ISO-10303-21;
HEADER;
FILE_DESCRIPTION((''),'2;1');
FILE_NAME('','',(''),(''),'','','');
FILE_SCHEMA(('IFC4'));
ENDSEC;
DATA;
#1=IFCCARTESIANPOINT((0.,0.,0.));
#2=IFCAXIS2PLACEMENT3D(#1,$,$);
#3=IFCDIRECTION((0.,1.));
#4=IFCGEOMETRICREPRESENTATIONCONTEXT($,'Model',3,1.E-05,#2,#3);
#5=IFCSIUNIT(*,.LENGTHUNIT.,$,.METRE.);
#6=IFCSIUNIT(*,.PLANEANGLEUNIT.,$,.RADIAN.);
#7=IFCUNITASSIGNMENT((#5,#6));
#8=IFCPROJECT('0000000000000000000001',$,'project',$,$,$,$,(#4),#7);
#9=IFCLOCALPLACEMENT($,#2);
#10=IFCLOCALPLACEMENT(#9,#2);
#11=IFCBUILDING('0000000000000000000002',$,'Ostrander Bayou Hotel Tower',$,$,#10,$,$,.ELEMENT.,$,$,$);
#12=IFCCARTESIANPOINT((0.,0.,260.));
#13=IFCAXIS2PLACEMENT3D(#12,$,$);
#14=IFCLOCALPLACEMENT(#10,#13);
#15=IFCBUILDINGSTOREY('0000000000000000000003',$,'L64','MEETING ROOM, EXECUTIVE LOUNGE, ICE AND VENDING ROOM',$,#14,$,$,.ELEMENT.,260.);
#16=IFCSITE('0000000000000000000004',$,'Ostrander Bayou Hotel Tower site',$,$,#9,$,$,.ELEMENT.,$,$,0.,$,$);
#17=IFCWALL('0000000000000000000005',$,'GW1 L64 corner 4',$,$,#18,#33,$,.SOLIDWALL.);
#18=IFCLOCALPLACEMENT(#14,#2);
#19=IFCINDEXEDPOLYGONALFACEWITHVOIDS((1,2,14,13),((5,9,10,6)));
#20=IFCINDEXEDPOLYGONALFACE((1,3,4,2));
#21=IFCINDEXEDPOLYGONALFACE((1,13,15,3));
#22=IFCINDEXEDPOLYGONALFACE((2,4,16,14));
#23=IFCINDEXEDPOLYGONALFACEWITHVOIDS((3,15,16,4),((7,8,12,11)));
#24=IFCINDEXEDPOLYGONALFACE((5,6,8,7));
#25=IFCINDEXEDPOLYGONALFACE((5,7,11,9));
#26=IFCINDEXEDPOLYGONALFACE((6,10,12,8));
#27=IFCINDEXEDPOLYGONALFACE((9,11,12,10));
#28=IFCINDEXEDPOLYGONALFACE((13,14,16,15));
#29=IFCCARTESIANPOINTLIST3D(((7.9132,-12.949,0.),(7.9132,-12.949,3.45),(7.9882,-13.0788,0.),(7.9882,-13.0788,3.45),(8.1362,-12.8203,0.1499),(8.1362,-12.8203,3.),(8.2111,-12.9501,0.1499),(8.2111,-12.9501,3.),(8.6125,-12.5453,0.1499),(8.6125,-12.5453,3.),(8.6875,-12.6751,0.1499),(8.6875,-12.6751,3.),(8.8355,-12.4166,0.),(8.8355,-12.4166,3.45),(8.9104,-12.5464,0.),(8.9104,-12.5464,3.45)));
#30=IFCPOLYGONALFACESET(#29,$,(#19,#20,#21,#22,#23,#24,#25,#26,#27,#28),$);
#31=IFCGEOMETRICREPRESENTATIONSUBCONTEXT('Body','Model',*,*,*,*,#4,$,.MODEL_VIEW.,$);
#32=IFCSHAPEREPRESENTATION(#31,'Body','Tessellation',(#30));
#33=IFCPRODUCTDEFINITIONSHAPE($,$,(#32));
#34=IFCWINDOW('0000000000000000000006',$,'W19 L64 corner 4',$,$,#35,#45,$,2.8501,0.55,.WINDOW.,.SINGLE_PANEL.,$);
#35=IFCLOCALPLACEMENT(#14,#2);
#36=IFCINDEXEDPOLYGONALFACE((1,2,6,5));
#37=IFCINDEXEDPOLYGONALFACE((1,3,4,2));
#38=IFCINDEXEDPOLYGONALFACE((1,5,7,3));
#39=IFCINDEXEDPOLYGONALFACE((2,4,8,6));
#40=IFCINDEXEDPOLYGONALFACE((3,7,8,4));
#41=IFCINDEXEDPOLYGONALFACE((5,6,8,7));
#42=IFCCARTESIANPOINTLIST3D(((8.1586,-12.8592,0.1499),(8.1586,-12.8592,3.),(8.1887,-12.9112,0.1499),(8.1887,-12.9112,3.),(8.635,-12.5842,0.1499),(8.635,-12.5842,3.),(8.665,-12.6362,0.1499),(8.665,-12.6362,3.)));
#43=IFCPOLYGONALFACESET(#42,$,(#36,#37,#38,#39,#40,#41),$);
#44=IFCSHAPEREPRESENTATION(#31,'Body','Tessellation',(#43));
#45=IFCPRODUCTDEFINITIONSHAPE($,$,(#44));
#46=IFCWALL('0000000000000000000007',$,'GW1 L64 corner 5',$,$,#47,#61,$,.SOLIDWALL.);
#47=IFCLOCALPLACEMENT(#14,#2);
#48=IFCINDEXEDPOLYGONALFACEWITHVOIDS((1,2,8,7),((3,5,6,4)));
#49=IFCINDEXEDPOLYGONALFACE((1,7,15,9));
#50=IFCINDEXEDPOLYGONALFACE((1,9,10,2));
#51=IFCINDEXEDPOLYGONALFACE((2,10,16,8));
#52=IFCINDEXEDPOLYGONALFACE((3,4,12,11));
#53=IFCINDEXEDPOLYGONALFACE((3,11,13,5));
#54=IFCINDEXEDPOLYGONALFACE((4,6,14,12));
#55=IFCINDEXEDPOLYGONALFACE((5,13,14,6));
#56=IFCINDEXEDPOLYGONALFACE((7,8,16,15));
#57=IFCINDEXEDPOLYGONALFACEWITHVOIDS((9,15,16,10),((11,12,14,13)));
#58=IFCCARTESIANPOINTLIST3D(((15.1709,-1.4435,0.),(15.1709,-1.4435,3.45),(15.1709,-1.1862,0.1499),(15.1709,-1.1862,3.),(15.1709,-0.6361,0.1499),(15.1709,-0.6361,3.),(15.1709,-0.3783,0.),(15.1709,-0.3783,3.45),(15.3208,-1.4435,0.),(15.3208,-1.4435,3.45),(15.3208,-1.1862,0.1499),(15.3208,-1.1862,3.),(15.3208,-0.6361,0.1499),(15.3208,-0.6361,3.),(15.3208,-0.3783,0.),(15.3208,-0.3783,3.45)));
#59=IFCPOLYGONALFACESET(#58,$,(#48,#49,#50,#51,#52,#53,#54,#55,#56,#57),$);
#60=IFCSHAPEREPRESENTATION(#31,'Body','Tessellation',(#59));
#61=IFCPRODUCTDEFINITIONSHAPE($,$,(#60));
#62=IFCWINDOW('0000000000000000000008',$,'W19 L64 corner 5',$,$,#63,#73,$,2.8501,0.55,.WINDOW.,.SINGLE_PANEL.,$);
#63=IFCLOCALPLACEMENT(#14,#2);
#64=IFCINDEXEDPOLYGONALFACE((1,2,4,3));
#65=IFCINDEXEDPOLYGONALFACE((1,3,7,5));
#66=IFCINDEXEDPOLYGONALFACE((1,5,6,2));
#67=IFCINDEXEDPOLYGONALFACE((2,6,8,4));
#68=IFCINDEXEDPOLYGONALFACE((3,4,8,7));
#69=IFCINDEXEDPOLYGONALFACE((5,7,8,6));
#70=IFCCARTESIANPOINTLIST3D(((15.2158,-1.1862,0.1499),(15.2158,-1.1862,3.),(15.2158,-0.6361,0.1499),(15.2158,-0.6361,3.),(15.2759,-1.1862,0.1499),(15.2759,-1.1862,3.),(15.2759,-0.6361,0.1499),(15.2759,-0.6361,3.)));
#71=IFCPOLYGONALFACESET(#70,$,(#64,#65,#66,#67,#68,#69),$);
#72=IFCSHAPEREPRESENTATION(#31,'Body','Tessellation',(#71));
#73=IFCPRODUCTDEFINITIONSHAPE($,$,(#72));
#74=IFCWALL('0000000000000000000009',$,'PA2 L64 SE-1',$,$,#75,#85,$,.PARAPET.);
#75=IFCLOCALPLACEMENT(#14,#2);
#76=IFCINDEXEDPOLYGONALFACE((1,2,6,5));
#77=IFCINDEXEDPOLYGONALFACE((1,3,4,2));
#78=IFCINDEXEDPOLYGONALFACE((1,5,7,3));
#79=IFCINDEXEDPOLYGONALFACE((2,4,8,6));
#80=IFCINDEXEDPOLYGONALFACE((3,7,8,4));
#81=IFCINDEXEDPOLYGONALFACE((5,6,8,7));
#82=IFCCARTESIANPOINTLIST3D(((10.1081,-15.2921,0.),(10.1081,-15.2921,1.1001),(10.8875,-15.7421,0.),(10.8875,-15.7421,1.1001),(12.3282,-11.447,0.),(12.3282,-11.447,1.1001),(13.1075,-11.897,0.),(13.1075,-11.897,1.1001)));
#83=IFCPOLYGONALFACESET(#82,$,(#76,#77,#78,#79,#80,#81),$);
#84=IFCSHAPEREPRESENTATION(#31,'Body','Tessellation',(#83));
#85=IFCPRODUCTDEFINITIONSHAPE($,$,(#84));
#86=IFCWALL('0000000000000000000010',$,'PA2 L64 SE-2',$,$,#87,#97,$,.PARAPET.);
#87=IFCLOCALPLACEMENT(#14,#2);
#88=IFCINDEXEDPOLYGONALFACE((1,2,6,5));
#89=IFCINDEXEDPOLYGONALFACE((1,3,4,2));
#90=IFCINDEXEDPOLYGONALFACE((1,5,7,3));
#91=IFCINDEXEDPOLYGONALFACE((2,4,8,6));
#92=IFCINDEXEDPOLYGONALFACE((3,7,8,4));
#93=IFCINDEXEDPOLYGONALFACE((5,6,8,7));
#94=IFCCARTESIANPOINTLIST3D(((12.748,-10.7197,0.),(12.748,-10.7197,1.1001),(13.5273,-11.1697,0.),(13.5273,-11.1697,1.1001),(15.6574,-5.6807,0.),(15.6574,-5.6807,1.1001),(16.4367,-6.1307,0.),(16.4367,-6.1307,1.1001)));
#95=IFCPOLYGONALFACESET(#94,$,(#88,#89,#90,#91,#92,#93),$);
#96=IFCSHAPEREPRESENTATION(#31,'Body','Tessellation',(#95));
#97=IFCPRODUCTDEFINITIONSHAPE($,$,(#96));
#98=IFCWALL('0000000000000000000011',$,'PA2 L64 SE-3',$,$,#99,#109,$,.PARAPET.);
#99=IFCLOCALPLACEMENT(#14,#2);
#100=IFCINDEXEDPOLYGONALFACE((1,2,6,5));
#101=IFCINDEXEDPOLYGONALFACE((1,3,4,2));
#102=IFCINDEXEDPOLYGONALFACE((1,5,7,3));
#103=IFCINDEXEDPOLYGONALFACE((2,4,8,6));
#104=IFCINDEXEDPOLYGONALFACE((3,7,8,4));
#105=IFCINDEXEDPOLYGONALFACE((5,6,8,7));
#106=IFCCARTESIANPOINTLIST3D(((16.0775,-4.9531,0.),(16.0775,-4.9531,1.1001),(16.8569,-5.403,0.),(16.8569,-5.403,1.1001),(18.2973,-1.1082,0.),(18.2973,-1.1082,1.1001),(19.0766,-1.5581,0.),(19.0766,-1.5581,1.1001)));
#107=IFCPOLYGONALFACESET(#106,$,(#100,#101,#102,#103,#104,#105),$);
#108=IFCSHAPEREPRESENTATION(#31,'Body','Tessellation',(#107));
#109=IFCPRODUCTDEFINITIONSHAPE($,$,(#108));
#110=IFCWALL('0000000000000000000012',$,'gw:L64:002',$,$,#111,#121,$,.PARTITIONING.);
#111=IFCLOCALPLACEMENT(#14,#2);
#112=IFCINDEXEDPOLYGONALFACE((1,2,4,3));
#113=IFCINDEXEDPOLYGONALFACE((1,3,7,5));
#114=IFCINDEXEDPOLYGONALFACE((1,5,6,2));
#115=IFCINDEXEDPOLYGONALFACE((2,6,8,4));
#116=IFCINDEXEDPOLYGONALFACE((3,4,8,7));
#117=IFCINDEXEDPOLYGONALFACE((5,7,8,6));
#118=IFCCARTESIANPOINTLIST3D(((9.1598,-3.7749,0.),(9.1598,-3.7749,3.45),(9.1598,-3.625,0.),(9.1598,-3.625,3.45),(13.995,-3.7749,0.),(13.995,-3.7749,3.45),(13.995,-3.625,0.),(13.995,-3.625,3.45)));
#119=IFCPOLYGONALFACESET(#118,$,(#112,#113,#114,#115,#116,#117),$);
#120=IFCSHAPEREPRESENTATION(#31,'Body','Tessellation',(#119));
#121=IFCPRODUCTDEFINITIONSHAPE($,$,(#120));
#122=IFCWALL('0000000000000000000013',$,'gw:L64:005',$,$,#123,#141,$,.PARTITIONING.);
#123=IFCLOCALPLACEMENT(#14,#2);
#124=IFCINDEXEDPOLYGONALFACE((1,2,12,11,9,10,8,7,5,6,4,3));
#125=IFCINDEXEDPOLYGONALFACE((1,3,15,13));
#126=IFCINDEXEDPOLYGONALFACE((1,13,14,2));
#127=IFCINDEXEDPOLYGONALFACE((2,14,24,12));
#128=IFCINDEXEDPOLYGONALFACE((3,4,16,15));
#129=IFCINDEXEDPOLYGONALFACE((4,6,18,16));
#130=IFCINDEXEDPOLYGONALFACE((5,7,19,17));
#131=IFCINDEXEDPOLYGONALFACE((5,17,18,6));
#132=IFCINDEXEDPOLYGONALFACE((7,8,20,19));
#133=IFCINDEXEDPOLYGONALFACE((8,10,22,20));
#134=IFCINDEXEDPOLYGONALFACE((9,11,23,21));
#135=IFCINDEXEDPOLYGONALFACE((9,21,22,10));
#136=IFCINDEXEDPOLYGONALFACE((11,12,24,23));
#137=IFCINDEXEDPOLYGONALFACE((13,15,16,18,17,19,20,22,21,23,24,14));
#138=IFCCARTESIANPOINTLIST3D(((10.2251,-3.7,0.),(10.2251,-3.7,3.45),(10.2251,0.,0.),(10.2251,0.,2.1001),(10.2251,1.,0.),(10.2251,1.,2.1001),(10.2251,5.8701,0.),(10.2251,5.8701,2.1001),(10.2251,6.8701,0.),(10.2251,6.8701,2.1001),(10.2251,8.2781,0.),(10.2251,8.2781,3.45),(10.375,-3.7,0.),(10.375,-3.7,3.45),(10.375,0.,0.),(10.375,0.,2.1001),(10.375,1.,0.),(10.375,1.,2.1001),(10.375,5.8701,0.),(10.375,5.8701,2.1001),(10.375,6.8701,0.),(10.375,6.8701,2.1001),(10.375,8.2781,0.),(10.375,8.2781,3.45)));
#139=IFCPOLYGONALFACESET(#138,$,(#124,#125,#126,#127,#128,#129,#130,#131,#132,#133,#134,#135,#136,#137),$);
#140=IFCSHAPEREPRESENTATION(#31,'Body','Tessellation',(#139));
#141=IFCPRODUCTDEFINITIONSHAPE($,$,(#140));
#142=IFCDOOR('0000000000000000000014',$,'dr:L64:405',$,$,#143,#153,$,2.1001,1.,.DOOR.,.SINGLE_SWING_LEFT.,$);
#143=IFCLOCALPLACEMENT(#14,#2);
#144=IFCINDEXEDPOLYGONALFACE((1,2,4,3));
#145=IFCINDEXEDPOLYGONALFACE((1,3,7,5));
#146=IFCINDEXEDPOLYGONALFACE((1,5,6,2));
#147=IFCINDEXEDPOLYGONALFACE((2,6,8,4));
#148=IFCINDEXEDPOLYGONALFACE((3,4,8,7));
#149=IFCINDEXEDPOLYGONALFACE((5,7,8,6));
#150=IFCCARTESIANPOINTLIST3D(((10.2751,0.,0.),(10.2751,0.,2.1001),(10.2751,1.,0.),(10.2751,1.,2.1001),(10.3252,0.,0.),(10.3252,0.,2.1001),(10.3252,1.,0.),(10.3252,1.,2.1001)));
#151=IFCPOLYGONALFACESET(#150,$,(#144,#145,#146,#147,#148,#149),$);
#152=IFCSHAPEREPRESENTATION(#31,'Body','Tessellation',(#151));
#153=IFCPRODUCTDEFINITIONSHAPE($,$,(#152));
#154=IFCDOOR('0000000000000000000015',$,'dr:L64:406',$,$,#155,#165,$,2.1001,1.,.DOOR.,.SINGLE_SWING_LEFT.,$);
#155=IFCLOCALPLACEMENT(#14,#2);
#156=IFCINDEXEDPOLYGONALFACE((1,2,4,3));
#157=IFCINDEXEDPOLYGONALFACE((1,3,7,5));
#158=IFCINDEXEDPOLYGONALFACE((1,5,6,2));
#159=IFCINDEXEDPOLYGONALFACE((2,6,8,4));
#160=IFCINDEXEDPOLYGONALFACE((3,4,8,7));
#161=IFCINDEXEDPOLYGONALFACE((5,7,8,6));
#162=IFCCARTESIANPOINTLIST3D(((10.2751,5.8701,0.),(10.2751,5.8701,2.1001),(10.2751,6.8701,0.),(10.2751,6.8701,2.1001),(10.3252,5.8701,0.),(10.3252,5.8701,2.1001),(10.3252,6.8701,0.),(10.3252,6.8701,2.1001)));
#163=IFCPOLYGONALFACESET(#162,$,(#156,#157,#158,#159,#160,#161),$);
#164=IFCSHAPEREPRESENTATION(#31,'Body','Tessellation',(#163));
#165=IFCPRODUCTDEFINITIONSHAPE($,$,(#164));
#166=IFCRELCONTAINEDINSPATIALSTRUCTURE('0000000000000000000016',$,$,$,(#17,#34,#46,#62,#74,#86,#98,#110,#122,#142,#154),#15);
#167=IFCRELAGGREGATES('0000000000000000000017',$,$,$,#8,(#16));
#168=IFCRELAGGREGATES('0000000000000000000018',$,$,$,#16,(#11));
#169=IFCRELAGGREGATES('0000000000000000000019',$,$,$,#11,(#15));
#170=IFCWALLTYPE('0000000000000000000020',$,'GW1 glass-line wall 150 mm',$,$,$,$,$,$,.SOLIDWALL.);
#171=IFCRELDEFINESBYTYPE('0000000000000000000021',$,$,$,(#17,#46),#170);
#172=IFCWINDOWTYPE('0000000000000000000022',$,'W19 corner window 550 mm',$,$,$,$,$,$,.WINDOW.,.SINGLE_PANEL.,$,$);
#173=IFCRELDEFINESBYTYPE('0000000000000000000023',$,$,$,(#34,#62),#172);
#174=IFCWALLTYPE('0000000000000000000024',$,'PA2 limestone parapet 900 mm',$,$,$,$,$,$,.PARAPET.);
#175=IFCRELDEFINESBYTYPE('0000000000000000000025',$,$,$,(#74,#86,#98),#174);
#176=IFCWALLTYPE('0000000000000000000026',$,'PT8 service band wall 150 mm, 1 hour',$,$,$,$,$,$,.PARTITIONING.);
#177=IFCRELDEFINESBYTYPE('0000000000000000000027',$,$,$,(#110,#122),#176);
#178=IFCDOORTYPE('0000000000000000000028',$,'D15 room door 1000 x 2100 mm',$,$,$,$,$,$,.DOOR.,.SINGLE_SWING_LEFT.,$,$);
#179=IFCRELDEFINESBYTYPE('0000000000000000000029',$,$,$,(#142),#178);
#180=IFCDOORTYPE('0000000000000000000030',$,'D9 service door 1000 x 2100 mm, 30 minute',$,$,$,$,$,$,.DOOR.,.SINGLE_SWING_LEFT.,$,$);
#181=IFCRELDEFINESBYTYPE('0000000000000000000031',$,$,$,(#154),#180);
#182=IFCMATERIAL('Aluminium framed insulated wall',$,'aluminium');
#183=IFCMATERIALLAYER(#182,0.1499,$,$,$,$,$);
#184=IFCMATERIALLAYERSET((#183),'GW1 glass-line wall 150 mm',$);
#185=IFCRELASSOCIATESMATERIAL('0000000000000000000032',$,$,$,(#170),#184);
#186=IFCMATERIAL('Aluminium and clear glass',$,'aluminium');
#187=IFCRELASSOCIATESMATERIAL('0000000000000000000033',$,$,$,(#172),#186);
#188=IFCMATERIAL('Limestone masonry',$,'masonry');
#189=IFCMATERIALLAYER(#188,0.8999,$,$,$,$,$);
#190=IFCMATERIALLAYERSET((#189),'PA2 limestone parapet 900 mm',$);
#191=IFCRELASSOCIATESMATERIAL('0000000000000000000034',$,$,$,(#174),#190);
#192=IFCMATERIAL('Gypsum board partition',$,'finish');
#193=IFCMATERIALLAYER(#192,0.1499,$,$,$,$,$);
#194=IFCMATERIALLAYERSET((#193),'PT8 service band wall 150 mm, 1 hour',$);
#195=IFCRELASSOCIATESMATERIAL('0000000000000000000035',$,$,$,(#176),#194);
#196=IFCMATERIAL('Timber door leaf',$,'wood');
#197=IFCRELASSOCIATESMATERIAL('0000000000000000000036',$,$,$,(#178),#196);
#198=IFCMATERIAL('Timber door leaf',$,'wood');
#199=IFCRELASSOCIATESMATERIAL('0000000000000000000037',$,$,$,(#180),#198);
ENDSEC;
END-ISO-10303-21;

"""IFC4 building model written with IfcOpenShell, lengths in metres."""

from ifc_helpers import new_model, si_unit, direction, frame, frame_2d, origin, place, context, subcontext, project, spatial, rectangle, extrude, material, layer, layer_set, type_object, element, fill, save


model = new_model("IFC4")

# Units and contexts
model_context = context("Model", 3, precision=1e-05, world=origin(), true_north=direction((0.0, 1.0)))
body_context = subcontext(model_context, "Body", "Model", "MODEL_VIEW")
ifc_project = project(units=[si_unit("LENGTHUNIT", "METRE"), si_unit("PLANEANGLEUNIT", "RADIAN")], contexts=[model_context])

# Site, building, storey
site_placement = place(None, origin())
site = spatial("IfcSite", under=ifc_project, at=site_placement, Name="Ostrander Bayou Hotel Tower site", CompositionType="ELEMENT", RefElevation=0.0)
building_placement = place(site_placement, origin())
building = spatial("IfcBuilding", under=site, at=building_placement, Name="Ostrander Bayou Hotel Tower", CompositionType="ELEMENT")
storey_placement = place(building_placement, frame((0.0, 0.0, 260.0)))
storey = spatial("IfcBuildingStorey", under=building, at=storey_placement, Name="L64", Description="MEETING ROOM, EXECUTIVE LOUNGE, ICE AND VENDING ROOM", CompositionType="ELEMENT", Elevation=260.0)

# Shared definitions
ifc_material_1 = material(Name="Aluminium framed insulated wall", Category="aluminium")
ifc_layer_1 = layer(ifc_material_1, 0.1499)
ifc_layer_set_1 = layer_set([ifc_layer_1], Name="GW1 glass-line wall 150 mm")
wall_type_1 = type_object("IfcWallType", Name="GW1 glass-line wall 150 mm", PredefinedType="SOLIDWALL", material=ifc_layer_set_1)

# Walls, openings, windows
wall_1_placement = place(storey_placement, frame((7.9507, -13.0139, 0.0), z_axis=(0.0, 0.0, 1.0), x_axis=(0.866048, 0.499961, 0.0)))
wall_1 = element("IfcWall", 1, at=wall_1_placement, inside=storey, type_object=wall_type_1, Name="GW1 L64 corner 4", PredefinedType="SOLIDWALL", context=body_context, shape_type="SweptSolid", body=[
    extrude(rectangle(XDim=1.0649, YDim=0.1499, at=frame_2d((0.5325, 0.0))), origin(), (0.0, 0.0, 1.0), 3.45),
])
opening_1_placement = place(wall_1_placement, frame((0.2576, 0.0, 0.1499)))
opening_1 = element("IfcOpeningElement", 2, at=opening_1_placement, cuts=wall_1, PredefinedType="OPENING", context=body_context, shape_type="SweptSolid", body=[
    extrude(rectangle(XDim=0.55, YDim=2.8501, at=frame_2d((0.2749, 1.425))), frame((0.0, 0.075, 0.0), z_axis=(0.0, -1.0, 0.0), x_axis=(1.0, 0.0, 0.0)), (0.0, 0.0, 1.0), 0.1499),
])
ifc_material_2 = material(Name="Aluminium and clear glass", Category="aluminium")
window_type_1 = type_object("IfcWindowType", Name="W19 corner window 550 mm", PartitioningType="SINGLE_PANEL", PredefinedType="WINDOW", material=ifc_material_2)
window_1_placement = place(opening_1_placement, origin())
window_1 = element("IfcWindow", 3, at=window_1_placement, inside=storey, type_object=window_type_1, Name="W19 L64 corner 4", OverallHeight=2.8501, OverallWidth=0.55, PartitioningType="SINGLE_PANEL", PredefinedType="WINDOW", context=body_context, shape_type="SweptSolid", body=[
    extrude(rectangle(XDim=0.55, YDim=2.8501, at=frame_2d((0.2749, 1.425))), frame((0.0, 0.03, 0.0), z_axis=(0.0, -1.0, 0.0), x_axis=(1.0, 0.0, 0.0)), (0.0, 0.0, 1.0), 0.0601),
])
fill(opening_1, window_1)
wall_2_placement = place(storey_placement, frame((15.2458, -1.4436, 0.0), z_axis=(0.0, 0.0, 1.0), x_axis=(0.0, 1.0, 0.0)))
wall_2 = element("IfcWall", 4, at=wall_2_placement, inside=storey, type_object=wall_type_1, Name="GW1 L64 corner 5", PredefinedType="SOLIDWALL", context=body_context, shape_type="SweptSolid", body=[
    extrude(rectangle(XDim=1.0652, YDim=0.1499, at=frame_2d((0.5327, 0.0))), origin(), (0.0, 0.0, 1.0), 3.45),
])
opening_2_placement = place(wall_2_placement, frame((0.2576, 0.0, 0.1499)))
opening_2 = element("IfcOpeningElement", 5, at=opening_2_placement, cuts=wall_2, PredefinedType="OPENING", context=body_context, shape_type="SweptSolid", body=[
    extrude(rectangle(XDim=0.55, YDim=2.8501, at=frame_2d((0.2749, 1.425))), frame((0.0, 0.075, 0.0), z_axis=(0.0, -1.0, 0.0), x_axis=(1.0, 0.0, 0.0)), (0.0, 0.0, 1.0), 0.1499),
])
window_2_placement = place(opening_2_placement, origin())
window_2 = element("IfcWindow", 6, at=window_2_placement, inside=storey, type_object=window_type_1, Name="W19 L64 corner 5", OverallHeight=2.8501, OverallWidth=0.55, PartitioningType="SINGLE_PANEL", PredefinedType="WINDOW", context=body_context, shape_type="SweptSolid", body=[
    extrude(rectangle(XDim=0.55, YDim=2.8501, at=frame_2d((0.2749, 1.425))), frame((0.0, 0.03, 0.0), z_axis=(0.0, -1.0, 0.0), x_axis=(1.0, 0.0, 0.0)), (0.0, 0.0, 1.0), 0.0601),
])
fill(opening_2, window_2)

# Walls
ifc_material_3 = material(Name="Limestone masonry", Category="masonry")
ifc_layer_2 = layer(ifc_material_3, 0.8999)
ifc_layer_set_2 = layer_set([ifc_layer_2], Name="PA2 limestone parapet 900 mm")
wall_type_2 = type_object("IfcWallType", Name="PA2 limestone parapet 900 mm", PredefinedType="PARAPET", material=ifc_layer_set_2)
wall_3_placement = place(storey_placement, frame((10.4978, -15.5171, 0.0), z_axis=(0.0, 0.0, 1.0), x_axis=(0.500013, 0.866018, 0.0)))
element("IfcWall", 7, at=wall_3_placement, inside=storey, type_object=wall_type_2, Name="PA2 L64 SE-1", PredefinedType="PARAPET", context=body_context, shape_type="SweptSolid", body=[
    extrude(rectangle(XDim=4.4399, YDim=0.8999, at=frame_2d((2.22, 0.0))), origin(), (0.0, 0.0, 1.0), 1.1001),
])
wall_4_placement = place(storey_placement, frame((13.1377, -10.9446, 0.0), z_axis=(0.0, 0.0, 1.0), x_axis=(0.500015, 0.866016, 0.0)))
element("IfcWall", 8, at=wall_4_placement, inside=storey, type_object=wall_type_2, Name="PA2 L64 SE-2", PredefinedType="PARAPET", context=body_context, shape_type="SweptSolid", body=[
    extrude(rectangle(XDim=5.8186, YDim=0.8999, at=frame_2d((2.9092, 0.0))), origin(), (0.0, 0.0, 1.0), 1.1001),
])
wall_5_placement = place(storey_placement, frame((16.4673, -5.178, 0.0), z_axis=(0.0, 0.0, 1.0), x_axis=(0.499972, 0.866042, 0.0)))
element("IfcWall", 9, at=wall_5_placement, inside=storey, type_object=wall_type_2, Name="PA2 L64 SE-3", PredefinedType="PARAPET", context=body_context, shape_type="SweptSolid", body=[
    extrude(rectangle(XDim=4.4397, YDim=0.8999, at=frame_2d((2.2197, 0.0))), origin(), (0.0, 0.0, 1.0), 1.1001),
])
ifc_material_4 = material(Name="Gypsum board partition", Category="finish")
ifc_layer_3 = layer(ifc_material_4, 0.1499)
ifc_layer_set_3 = layer_set([ifc_layer_3], Name="PT8 service band wall 150 mm, 1 hour")
wall_type_3 = type_object("IfcWallType", Name="PT8 service band wall 150 mm, 1 hour", PredefinedType="PARTITIONING", material=ifc_layer_set_3)
wall_6_placement = place(storey_placement, frame((9.1599, -3.7, 0.0), z_axis=(0.0, 0.0, 1.0), x_axis=(1.0, 0.0, 0.0)))
element("IfcWall", 10, at=wall_6_placement, inside=storey, type_object=wall_type_3, Name="gw:L64:002", PredefinedType="PARTITIONING", context=body_context, shape_type="SweptSolid", body=[
    extrude(rectangle(XDim=4.8352, YDim=0.1499, at=frame_2d((2.4175, 0.0))), origin(), (0.0, 0.0, 1.0), 3.45),
])

# Wall, openings, doors
wall_7_placement = place(storey_placement, frame((10.3, -3.7, 0.0), z_axis=(0.0, 0.0, 1.0), x_axis=(0.0, 1.0, 0.0)))
wall_7 = element("IfcWall", 11, at=wall_7_placement, inside=storey, type_object=wall_type_3, Name="gw:L64:005", PredefinedType="PARTITIONING", context=body_context, shape_type="SweptSolid", body=[
    extrude(rectangle(XDim=11.978, YDim=0.1499, at=frame_2d((5.989, 0.0))), origin(), (0.0, 0.0, 1.0), 3.45),
])
opening_3_placement = place(wall_7_placement, frame((3.7, 0.0, 0.0)))
opening_3 = element("IfcOpeningElement", 12, at=opening_3_placement, cuts=wall_7, PredefinedType="OPENING", context=body_context, shape_type="SweptSolid", body=[
    extrude(rectangle(XDim=1.0, YDim=2.1001, at=frame_2d((0.5, 1.05))), frame((0.0, 0.075, 0.0), z_axis=(0.0, -1.0, 0.0), x_axis=(1.0, 0.0, 0.0)), (0.0, 0.0, 1.0), 0.1499),
])
opening_4_placement = place(wall_7_placement, frame((9.5701, 0.0, 0.0)))
opening_4 = element("IfcOpeningElement", 13, at=opening_4_placement, cuts=wall_7, PredefinedType="OPENING", context=body_context, shape_type="SweptSolid", body=[
    extrude(rectangle(XDim=1.0, YDim=2.1001, at=frame_2d((0.5, 1.05))), frame((0.0, 0.075, 0.0), z_axis=(0.0, -1.0, 0.0), x_axis=(1.0, 0.0, 0.0)), (0.0, 0.0, 1.0), 0.1499),
])
ifc_material_5 = material(Name="Timber door leaf", Category="wood")
door_type_1 = type_object("IfcDoorType", Name="D15 room door 1000 x 2100 mm", OperationType="SINGLE_SWING_LEFT", PredefinedType="DOOR", material=ifc_material_5)
door_1_placement = place(opening_3_placement, origin())
door_1 = element("IfcDoor", 14, at=door_1_placement, inside=storey, type_object=door_type_1, Name="dr:L64:405", OperationType="SINGLE_SWING_LEFT", OverallHeight=2.1001, OverallWidth=1.0, PredefinedType="DOOR", context=body_context, shape_type="SweptSolid", body=[
    extrude(rectangle(XDim=1.0, YDim=2.1001, at=frame_2d((0.5, 1.05))), frame((0.0, 0.0249, 0.0), z_axis=(0.0, -1.0, 0.0), x_axis=(1.0, 0.0, 0.0)), (0.0, 0.0, 1.0), 0.05),
])
fill(opening_3, door_1)
ifc_material_6 = material(Name="Timber door leaf", Category="wood")
door_type_2 = type_object("IfcDoorType", Name="D9 service door 1000 x 2100 mm, 30 minute", OperationType="SINGLE_SWING_LEFT", PredefinedType="DOOR", material=ifc_material_6)
door_2_placement = place(opening_4_placement, origin())
door_2 = element("IfcDoor", 15, at=door_2_placement, inside=storey, type_object=door_type_2, Name="dr:L64:406", OperationType="SINGLE_SWING_LEFT", OverallHeight=2.1001, OverallWidth=1.0, PredefinedType="DOOR", context=body_context, shape_type="SweptSolid", body=[
    extrude(rectangle(XDim=1.0, YDim=2.1001, at=frame_2d((0.5, 1.05))), frame((0.0, 0.0249, 0.0), z_axis=(0.0, -1.0, 0.0), x_axis=(1.0, 0.0, 0.0)), (0.0, 0.0, 1.0), 0.05),
])
fill(opening_4, door_2)

save(model, "model.ifc")
